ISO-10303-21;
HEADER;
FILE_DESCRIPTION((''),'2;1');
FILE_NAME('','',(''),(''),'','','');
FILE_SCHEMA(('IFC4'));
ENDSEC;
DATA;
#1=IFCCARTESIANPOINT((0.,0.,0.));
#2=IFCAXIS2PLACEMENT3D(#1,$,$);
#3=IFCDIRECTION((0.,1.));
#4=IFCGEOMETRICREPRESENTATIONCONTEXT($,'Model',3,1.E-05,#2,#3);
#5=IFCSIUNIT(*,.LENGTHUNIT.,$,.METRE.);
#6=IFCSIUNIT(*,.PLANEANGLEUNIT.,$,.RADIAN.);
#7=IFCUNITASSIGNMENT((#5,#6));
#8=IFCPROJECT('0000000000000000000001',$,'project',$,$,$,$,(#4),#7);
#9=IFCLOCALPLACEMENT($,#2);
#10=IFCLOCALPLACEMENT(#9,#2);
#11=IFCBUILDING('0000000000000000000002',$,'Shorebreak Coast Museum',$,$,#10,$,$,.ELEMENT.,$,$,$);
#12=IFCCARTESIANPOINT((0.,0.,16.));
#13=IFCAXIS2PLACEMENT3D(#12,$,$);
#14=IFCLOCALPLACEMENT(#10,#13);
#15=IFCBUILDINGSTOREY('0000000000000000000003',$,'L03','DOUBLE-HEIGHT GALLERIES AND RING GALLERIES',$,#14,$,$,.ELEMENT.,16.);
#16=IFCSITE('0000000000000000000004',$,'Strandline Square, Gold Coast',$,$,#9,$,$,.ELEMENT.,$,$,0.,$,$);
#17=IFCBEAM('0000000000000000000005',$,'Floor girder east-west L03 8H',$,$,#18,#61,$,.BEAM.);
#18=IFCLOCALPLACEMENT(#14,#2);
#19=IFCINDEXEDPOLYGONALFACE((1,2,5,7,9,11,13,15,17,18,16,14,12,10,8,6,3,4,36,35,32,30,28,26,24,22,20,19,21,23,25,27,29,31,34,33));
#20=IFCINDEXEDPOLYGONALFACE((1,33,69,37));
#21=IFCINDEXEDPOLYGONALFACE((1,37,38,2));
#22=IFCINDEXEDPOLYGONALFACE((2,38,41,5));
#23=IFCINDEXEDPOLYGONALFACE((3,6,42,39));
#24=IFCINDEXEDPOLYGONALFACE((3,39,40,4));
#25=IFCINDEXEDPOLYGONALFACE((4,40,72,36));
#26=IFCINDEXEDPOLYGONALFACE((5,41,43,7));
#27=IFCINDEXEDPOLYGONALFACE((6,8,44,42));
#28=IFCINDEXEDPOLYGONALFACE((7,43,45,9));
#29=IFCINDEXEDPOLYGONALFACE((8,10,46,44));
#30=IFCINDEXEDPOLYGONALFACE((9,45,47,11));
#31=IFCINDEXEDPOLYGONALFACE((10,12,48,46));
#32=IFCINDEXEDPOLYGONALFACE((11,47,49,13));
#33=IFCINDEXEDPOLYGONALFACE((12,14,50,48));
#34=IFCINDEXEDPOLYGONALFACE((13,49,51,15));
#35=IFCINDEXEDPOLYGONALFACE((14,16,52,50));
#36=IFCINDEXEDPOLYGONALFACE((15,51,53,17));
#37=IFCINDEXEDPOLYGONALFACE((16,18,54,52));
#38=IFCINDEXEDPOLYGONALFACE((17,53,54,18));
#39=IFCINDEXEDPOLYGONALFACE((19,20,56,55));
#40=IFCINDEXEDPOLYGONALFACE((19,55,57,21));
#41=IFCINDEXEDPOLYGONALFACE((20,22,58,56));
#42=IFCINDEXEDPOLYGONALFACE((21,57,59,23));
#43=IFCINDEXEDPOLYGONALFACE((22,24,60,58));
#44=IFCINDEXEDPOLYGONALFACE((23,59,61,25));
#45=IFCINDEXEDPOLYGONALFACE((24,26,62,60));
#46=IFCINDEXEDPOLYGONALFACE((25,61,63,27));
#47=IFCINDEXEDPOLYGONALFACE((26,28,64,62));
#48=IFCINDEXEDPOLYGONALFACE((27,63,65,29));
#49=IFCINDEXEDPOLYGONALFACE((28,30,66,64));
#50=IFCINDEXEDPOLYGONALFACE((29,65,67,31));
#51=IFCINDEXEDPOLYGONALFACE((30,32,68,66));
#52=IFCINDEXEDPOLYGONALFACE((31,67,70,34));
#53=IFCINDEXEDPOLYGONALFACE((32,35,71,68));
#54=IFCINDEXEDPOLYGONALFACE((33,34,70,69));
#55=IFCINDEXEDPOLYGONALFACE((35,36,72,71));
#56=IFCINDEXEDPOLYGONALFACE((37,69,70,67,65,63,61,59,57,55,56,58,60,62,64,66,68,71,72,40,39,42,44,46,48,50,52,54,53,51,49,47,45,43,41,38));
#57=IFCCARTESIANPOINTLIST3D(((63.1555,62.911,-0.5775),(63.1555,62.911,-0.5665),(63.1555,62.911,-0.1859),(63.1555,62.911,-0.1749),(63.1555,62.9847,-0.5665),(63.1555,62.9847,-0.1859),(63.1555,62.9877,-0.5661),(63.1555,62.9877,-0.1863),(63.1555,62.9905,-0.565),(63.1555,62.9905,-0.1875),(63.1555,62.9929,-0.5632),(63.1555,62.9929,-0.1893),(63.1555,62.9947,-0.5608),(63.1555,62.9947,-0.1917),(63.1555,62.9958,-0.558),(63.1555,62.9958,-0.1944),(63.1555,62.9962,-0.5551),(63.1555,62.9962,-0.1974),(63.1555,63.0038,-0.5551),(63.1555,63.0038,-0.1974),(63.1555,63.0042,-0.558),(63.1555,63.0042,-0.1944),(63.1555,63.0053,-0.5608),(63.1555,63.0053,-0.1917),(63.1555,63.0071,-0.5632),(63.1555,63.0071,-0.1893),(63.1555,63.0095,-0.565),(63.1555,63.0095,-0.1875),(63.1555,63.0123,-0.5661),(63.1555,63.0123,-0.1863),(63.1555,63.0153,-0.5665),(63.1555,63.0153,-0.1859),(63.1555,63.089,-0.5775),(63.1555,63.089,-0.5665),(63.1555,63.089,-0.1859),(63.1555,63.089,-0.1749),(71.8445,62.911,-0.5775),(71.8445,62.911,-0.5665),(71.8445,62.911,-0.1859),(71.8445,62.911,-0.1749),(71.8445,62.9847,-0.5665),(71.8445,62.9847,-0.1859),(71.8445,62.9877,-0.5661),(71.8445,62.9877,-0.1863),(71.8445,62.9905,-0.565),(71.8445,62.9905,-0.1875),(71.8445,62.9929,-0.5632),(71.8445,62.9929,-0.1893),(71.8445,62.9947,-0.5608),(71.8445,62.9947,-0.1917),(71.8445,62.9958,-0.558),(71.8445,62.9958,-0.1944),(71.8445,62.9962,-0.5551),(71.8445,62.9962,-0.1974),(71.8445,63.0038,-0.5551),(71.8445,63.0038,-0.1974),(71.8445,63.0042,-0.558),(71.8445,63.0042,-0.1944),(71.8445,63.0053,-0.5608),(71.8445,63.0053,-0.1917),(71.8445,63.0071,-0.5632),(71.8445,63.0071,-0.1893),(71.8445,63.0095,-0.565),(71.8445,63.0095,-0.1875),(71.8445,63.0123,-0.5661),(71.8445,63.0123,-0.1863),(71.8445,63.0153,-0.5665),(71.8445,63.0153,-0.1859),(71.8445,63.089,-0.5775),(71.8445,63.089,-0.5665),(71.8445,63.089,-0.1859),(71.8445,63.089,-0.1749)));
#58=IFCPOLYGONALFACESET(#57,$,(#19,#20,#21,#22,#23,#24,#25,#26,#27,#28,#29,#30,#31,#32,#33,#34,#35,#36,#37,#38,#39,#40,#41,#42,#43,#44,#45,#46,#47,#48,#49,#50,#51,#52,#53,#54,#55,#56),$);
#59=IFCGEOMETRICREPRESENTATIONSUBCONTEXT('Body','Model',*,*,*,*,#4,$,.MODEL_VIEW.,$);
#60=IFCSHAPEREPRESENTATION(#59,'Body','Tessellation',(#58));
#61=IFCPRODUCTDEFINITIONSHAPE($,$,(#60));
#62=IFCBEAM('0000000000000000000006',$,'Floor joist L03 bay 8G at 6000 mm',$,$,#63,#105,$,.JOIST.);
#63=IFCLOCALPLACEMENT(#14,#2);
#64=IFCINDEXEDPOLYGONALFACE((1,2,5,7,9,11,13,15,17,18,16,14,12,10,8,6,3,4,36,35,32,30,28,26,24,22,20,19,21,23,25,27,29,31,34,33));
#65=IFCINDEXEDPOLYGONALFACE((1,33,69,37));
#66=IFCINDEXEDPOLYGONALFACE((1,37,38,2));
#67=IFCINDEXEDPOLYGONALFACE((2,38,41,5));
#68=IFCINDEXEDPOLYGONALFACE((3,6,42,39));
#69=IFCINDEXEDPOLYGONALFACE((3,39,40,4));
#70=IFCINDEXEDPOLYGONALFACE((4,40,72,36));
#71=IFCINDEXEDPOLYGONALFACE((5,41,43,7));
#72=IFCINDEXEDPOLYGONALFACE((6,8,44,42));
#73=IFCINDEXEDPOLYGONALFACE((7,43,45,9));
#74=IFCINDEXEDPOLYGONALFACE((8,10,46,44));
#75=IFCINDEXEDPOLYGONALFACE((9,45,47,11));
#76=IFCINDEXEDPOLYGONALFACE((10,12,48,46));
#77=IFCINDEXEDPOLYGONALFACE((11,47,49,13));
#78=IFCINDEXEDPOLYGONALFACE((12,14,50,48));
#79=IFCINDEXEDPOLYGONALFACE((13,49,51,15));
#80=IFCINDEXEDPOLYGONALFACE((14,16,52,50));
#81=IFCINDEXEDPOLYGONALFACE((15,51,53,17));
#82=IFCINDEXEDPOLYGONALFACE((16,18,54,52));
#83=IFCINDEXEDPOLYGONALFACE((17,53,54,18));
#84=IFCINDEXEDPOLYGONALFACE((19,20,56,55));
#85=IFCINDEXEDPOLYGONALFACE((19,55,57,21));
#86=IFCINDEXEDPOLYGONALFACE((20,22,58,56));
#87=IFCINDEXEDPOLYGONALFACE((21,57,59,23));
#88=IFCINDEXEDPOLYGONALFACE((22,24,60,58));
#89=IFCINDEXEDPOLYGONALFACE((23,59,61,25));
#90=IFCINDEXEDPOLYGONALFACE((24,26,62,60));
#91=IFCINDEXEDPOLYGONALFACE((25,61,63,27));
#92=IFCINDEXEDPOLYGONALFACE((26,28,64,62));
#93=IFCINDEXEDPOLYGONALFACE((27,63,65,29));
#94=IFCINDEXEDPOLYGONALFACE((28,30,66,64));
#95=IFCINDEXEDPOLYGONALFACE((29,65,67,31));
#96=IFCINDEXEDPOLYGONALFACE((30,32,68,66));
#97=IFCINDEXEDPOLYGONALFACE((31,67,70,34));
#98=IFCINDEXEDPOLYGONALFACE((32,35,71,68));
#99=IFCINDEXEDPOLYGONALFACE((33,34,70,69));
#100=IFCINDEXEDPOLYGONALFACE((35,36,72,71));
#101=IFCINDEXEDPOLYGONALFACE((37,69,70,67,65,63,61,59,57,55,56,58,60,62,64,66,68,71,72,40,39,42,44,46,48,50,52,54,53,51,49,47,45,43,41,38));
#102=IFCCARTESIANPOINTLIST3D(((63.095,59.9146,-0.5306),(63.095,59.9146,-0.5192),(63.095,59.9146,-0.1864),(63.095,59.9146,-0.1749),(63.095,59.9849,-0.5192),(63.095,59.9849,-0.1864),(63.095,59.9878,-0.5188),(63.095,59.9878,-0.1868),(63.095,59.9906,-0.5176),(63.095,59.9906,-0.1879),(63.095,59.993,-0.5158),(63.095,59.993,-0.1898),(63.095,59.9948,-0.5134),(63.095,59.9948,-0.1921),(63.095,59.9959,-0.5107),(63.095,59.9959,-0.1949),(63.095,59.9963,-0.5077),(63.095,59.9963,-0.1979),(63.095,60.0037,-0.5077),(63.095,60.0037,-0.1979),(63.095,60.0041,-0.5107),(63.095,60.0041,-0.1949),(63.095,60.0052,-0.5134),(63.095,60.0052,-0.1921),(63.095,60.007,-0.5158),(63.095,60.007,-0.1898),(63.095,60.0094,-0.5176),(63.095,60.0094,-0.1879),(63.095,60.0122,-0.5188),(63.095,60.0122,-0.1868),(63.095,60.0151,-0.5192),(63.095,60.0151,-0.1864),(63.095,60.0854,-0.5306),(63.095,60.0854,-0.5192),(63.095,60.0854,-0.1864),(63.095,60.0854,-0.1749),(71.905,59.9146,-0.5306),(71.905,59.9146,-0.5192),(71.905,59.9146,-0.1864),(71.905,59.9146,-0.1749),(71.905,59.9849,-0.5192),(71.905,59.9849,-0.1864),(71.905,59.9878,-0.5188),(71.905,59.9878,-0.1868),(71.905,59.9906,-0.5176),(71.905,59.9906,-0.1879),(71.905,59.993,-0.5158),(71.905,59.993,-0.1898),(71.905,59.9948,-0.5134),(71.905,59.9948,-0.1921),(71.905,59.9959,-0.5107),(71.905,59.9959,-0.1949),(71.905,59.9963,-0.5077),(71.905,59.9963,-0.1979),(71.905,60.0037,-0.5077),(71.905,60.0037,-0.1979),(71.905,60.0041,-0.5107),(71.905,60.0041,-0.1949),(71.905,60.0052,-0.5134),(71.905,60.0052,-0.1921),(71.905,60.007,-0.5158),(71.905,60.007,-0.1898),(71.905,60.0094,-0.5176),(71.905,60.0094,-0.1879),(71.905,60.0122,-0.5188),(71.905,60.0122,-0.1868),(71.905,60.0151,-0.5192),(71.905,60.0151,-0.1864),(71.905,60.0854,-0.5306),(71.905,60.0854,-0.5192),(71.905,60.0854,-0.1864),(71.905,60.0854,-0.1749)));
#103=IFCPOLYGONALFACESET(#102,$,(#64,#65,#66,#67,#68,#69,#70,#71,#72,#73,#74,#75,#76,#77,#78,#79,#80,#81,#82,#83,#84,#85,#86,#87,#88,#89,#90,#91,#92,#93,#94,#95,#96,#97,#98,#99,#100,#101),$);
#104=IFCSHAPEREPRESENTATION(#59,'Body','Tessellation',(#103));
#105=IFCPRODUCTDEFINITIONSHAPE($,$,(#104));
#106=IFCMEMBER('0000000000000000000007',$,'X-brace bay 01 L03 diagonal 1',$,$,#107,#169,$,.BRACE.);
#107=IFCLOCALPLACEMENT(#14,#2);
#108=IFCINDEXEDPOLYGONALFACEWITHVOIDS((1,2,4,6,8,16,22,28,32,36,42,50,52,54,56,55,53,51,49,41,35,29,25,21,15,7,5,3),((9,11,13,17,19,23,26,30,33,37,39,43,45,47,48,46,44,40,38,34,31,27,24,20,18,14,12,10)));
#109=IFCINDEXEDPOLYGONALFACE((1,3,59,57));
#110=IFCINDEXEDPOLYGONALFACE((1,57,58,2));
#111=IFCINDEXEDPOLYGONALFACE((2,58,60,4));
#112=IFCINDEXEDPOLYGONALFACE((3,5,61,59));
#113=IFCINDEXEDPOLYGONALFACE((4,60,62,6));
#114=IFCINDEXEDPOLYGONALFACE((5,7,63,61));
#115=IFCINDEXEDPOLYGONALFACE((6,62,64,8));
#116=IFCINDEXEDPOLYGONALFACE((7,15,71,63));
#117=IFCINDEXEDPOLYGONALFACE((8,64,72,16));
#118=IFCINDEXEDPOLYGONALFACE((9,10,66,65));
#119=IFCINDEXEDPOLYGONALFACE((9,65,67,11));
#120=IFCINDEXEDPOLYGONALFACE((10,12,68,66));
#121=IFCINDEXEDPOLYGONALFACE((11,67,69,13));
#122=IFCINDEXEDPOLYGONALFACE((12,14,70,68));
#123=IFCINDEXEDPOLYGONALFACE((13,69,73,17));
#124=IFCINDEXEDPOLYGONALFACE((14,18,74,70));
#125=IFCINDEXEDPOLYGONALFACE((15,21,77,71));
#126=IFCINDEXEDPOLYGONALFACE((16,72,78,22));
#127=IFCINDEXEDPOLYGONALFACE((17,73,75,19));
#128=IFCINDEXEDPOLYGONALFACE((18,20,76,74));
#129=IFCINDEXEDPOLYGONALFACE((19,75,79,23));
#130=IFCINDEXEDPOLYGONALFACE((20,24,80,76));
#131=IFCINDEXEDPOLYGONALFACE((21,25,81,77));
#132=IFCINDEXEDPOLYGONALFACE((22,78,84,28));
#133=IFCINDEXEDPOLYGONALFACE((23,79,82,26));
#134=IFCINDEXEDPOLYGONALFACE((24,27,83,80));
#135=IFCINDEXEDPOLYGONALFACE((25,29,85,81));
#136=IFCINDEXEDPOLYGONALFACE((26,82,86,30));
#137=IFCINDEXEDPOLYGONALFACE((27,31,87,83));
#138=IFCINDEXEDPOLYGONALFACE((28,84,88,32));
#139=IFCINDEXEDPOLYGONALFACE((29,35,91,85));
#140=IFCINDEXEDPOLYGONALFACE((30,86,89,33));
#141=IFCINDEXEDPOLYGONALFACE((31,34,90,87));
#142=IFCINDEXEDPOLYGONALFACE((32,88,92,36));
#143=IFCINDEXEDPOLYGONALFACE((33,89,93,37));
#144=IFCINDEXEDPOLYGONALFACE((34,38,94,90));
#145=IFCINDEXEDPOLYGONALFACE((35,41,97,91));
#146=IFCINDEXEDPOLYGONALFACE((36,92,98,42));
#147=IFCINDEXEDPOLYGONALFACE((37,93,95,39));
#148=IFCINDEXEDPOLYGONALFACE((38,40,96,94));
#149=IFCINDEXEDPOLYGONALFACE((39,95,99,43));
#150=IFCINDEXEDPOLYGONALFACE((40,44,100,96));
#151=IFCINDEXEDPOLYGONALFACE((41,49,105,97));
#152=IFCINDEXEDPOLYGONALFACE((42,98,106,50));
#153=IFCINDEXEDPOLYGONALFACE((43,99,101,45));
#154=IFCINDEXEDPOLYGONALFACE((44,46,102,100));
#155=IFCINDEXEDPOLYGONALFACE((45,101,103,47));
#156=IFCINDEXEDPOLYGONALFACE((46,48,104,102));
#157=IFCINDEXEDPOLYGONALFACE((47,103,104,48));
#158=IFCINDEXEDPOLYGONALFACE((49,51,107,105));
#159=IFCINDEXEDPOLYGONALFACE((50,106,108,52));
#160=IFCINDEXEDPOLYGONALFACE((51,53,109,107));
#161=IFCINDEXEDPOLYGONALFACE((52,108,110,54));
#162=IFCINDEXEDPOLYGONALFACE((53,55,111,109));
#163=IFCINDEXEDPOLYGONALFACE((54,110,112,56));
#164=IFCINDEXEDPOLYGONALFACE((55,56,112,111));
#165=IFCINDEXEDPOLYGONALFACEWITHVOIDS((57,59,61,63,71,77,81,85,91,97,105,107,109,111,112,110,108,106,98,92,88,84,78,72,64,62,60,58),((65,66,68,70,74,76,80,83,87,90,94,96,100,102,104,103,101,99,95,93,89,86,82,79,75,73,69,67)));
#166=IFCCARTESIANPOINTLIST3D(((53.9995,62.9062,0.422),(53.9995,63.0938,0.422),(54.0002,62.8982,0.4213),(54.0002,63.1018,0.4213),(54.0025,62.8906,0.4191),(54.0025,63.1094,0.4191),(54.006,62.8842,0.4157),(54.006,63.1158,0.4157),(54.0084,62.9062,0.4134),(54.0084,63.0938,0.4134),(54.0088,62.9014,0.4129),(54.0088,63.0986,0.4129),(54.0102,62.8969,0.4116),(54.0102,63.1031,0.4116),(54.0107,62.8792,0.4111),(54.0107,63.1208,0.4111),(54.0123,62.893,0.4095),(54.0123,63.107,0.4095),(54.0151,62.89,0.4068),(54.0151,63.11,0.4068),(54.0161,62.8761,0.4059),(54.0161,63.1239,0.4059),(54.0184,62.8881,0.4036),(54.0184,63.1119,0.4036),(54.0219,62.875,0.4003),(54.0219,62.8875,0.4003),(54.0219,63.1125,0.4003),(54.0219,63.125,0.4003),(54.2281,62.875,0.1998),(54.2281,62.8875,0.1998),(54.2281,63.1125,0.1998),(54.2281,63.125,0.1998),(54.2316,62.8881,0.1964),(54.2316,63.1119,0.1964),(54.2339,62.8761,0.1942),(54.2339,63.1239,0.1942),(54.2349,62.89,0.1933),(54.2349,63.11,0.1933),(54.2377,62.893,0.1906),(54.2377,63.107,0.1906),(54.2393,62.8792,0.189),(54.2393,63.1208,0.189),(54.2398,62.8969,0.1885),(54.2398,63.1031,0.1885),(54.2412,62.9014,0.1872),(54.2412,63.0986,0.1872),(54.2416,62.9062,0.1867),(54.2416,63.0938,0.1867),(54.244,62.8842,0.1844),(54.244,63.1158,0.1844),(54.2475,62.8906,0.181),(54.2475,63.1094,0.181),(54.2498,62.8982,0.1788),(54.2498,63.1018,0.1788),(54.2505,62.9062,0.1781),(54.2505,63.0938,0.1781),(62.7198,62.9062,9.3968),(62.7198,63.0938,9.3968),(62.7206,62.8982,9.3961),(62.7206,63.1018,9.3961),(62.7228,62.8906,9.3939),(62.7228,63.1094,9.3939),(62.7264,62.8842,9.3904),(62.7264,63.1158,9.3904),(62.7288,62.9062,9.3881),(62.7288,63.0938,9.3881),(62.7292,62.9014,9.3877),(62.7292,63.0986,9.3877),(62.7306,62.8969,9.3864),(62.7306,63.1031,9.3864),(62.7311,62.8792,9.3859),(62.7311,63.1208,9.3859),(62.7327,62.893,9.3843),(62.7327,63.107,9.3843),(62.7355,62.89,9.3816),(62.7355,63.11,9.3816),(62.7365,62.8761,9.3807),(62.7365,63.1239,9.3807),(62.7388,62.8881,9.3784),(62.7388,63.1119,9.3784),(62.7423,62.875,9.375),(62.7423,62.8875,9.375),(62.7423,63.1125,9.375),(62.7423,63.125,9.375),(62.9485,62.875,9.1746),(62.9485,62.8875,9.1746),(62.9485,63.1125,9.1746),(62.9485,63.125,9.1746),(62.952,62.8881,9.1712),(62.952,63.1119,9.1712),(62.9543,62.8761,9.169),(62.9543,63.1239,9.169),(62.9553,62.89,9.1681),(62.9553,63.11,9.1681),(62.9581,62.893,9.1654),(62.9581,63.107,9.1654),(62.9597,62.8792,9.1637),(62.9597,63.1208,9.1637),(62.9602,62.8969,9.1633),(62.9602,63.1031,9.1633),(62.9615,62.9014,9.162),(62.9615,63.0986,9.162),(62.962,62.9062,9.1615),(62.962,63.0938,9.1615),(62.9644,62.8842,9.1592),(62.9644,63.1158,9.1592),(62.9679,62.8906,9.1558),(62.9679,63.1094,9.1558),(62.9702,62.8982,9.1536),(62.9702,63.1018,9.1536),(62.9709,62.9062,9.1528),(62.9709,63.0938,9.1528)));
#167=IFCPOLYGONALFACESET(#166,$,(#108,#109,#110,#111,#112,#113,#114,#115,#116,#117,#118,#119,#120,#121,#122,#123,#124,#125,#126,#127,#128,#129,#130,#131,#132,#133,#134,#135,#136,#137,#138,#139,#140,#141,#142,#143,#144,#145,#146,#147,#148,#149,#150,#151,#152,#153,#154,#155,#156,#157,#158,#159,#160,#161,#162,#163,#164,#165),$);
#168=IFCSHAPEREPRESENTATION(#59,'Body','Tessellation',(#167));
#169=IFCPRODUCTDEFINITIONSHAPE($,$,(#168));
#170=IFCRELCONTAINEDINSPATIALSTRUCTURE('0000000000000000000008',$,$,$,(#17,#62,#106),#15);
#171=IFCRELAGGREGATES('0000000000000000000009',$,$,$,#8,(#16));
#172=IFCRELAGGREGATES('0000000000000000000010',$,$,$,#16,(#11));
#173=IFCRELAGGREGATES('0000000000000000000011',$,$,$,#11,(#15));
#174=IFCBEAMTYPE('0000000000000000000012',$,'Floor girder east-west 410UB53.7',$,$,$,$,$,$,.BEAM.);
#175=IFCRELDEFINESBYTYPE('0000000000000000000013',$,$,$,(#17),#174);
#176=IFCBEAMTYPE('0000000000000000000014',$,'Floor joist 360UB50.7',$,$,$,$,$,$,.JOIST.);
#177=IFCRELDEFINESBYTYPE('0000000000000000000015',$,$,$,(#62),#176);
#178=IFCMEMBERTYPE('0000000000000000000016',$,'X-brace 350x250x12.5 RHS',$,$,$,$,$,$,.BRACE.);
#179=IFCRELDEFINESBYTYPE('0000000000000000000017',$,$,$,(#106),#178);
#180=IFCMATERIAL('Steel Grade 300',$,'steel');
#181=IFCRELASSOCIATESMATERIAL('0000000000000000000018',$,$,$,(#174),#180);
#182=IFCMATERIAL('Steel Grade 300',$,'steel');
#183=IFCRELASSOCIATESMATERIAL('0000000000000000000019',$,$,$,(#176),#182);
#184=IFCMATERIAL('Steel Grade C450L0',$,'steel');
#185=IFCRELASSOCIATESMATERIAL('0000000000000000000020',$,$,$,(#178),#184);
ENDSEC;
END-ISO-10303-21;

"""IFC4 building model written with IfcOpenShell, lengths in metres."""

from ifc_helpers import new_model, si_unit, direction, frame, origin, origin_2d, place, context, subcontext, project, spatial, hollow_rectangle, i_section, extrude, material, material_profile, profile_set, type_object, element, save


model = new_model("IFC4")

# Units and contexts
model_context = context("Model", 3, precision=1e-05, world=origin(), true_north=direction((0.0, 1.0)))
body_context = subcontext(model_context, "Body", "Model", "MODEL_VIEW")
ifc_project = project(units=[si_unit("LENGTHUNIT", "METRE"), si_unit("PLANEANGLEUNIT", "RADIAN")], contexts=[model_context])

# Site, building, storey
site_placement = place(None, origin())
site = spatial("IfcSite", under=ifc_project, at=site_placement, Name="Strandline Square, Gold Coast", CompositionType="ELEMENT", RefElevation=0.0)
building_placement = place(site_placement, origin())
building = spatial("IfcBuilding", under=site, at=building_placement, Name="Shorebreak Coast Museum", CompositionType="ELEMENT")
storey_placement = place(building_placement, frame((0.0, 0.0, 16.0)))
storey = spatial("IfcBuildingStorey", under=building, at=storey_placement, Name="L03", Description="DOUBLE-HEIGHT GALLERIES AND RING GALLERIES", CompositionType="ELEMENT", Elevation=16.0)

# Beams
ifc_material_1 = material(Name="Steel Grade 300", Category="steel")
ifc_material_profile_1 = material_profile(ifc_material_1, i_section(OverallWidth=0.178, OverallDepth=0.4026, WebThickness=0.0076, FlangeThickness=0.011, FilletRadius=0.0115, at=origin_2d()), Name="410UB53.7")
ifc_profile_set_1 = profile_set([ifc_material_profile_1], Name="Steel Grade 300")
beam_type_1 = type_object("IfcBeamType", Name="Floor girder east-west 410UB53.7", PredefinedType="BEAM", material=ifc_profile_set_1)
beam_1_placement = place(storey_placement, frame((63.1555, 63.0, -0.3762), z_axis=(1.0, 0.0, 0.0), x_axis=(0.0, 1.0, 0.0)))
element("IfcBeam", 1, at=beam_1_placement, inside=storey, type_object=beam_type_1, Name="Floor girder east-west L03 8H", PredefinedType="BEAM", context=body_context, shape_type="SweptSolid", body=[
    extrude(i_section(OverallWidth=0.178, OverallDepth=0.4026, WebThickness=0.0076, FlangeThickness=0.011, FilletRadius=0.0115, at=origin_2d()), origin(), (0.0, 0.0, 1.0), 8.689),
])
ifc_material_2 = material(Name="Steel Grade 300", Category="steel")
ifc_material_profile_2 = material_profile(ifc_material_2, i_section(OverallWidth=0.1709, OverallDepth=0.3557, WebThickness=0.0073, FlangeThickness=0.0115, FilletRadius=0.0115, at=origin_2d()), Name="360UB50.7")
ifc_profile_set_2 = profile_set([ifc_material_profile_2], Name="Steel Grade 300")
beam_type_2 = type_object("IfcBeamType", Name="Floor joist 360UB50.7", PredefinedType="JOIST", material=ifc_profile_set_2)
beam_2_placement = place(storey_placement, frame((63.095, 60.0, -0.3528), z_axis=(1.0, 0.0, 0.0), x_axis=(0.0, 1.0, 0.0)))
element("IfcBeam", 2, at=beam_2_placement, inside=storey, type_object=beam_type_2, Name="Floor joist L03 bay 8G at 6000 mm", PredefinedType="JOIST", context=body_context, shape_type="SweptSolid", body=[
    extrude(i_section(OverallWidth=0.1709, OverallDepth=0.3557, WebThickness=0.0073, FlangeThickness=0.0115, FilletRadius=0.0115, at=origin_2d()), origin(), (0.0, 0.0, 1.0), 8.8101),
])

# Member
ifc_material_3 = material(Name="Steel Grade C450L0", Category="steel")
ifc_material_profile_3 = material_profile(ifc_material_3, hollow_rectangle(XDim=0.25, YDim=0.3501, WallThickness=0.0125, InnerFilletRadius=0.0188, OuterFilletRadius=0.0312, at=origin_2d()), Name="350x250x12.5 RHS")
ifc_profile_set_3 = profile_set([ifc_material_profile_3], Name="Steel Grade C450L0")
member_type = type_object("IfcMemberType", Name="X-brace 350x250x12.5 RHS", PredefinedType="BRACE", material=ifc_profile_set_3)
for number, where, z_axis, x_axis, name in (
    (3, (54.125, 63.0, 0.3), (0.696869, 0.0, 0.717198), (0.0, 1.0, 0.0), "X-brace bay 01 L03 diagonal 1"),
):
    element("IfcMember", number, at=place(storey_placement, frame(where, z_axis=z_axis, x_axis=x_axis)), inside=storey, type_object=member_type, Name=name, PredefinedType="BRACE", context=body_context, shape_type="SweptSolid", body=[
        extrude(hollow_rectangle(XDim=0.25, YDim=0.3501, WallThickness=0.0125, InnerFilletRadius=0.0188, OuterFilletRadius=0.0312, at=origin_2d()), origin(), (0.0, 0.0, 1.0), 12.5137),
    ])

save(model, "model.ifc")
